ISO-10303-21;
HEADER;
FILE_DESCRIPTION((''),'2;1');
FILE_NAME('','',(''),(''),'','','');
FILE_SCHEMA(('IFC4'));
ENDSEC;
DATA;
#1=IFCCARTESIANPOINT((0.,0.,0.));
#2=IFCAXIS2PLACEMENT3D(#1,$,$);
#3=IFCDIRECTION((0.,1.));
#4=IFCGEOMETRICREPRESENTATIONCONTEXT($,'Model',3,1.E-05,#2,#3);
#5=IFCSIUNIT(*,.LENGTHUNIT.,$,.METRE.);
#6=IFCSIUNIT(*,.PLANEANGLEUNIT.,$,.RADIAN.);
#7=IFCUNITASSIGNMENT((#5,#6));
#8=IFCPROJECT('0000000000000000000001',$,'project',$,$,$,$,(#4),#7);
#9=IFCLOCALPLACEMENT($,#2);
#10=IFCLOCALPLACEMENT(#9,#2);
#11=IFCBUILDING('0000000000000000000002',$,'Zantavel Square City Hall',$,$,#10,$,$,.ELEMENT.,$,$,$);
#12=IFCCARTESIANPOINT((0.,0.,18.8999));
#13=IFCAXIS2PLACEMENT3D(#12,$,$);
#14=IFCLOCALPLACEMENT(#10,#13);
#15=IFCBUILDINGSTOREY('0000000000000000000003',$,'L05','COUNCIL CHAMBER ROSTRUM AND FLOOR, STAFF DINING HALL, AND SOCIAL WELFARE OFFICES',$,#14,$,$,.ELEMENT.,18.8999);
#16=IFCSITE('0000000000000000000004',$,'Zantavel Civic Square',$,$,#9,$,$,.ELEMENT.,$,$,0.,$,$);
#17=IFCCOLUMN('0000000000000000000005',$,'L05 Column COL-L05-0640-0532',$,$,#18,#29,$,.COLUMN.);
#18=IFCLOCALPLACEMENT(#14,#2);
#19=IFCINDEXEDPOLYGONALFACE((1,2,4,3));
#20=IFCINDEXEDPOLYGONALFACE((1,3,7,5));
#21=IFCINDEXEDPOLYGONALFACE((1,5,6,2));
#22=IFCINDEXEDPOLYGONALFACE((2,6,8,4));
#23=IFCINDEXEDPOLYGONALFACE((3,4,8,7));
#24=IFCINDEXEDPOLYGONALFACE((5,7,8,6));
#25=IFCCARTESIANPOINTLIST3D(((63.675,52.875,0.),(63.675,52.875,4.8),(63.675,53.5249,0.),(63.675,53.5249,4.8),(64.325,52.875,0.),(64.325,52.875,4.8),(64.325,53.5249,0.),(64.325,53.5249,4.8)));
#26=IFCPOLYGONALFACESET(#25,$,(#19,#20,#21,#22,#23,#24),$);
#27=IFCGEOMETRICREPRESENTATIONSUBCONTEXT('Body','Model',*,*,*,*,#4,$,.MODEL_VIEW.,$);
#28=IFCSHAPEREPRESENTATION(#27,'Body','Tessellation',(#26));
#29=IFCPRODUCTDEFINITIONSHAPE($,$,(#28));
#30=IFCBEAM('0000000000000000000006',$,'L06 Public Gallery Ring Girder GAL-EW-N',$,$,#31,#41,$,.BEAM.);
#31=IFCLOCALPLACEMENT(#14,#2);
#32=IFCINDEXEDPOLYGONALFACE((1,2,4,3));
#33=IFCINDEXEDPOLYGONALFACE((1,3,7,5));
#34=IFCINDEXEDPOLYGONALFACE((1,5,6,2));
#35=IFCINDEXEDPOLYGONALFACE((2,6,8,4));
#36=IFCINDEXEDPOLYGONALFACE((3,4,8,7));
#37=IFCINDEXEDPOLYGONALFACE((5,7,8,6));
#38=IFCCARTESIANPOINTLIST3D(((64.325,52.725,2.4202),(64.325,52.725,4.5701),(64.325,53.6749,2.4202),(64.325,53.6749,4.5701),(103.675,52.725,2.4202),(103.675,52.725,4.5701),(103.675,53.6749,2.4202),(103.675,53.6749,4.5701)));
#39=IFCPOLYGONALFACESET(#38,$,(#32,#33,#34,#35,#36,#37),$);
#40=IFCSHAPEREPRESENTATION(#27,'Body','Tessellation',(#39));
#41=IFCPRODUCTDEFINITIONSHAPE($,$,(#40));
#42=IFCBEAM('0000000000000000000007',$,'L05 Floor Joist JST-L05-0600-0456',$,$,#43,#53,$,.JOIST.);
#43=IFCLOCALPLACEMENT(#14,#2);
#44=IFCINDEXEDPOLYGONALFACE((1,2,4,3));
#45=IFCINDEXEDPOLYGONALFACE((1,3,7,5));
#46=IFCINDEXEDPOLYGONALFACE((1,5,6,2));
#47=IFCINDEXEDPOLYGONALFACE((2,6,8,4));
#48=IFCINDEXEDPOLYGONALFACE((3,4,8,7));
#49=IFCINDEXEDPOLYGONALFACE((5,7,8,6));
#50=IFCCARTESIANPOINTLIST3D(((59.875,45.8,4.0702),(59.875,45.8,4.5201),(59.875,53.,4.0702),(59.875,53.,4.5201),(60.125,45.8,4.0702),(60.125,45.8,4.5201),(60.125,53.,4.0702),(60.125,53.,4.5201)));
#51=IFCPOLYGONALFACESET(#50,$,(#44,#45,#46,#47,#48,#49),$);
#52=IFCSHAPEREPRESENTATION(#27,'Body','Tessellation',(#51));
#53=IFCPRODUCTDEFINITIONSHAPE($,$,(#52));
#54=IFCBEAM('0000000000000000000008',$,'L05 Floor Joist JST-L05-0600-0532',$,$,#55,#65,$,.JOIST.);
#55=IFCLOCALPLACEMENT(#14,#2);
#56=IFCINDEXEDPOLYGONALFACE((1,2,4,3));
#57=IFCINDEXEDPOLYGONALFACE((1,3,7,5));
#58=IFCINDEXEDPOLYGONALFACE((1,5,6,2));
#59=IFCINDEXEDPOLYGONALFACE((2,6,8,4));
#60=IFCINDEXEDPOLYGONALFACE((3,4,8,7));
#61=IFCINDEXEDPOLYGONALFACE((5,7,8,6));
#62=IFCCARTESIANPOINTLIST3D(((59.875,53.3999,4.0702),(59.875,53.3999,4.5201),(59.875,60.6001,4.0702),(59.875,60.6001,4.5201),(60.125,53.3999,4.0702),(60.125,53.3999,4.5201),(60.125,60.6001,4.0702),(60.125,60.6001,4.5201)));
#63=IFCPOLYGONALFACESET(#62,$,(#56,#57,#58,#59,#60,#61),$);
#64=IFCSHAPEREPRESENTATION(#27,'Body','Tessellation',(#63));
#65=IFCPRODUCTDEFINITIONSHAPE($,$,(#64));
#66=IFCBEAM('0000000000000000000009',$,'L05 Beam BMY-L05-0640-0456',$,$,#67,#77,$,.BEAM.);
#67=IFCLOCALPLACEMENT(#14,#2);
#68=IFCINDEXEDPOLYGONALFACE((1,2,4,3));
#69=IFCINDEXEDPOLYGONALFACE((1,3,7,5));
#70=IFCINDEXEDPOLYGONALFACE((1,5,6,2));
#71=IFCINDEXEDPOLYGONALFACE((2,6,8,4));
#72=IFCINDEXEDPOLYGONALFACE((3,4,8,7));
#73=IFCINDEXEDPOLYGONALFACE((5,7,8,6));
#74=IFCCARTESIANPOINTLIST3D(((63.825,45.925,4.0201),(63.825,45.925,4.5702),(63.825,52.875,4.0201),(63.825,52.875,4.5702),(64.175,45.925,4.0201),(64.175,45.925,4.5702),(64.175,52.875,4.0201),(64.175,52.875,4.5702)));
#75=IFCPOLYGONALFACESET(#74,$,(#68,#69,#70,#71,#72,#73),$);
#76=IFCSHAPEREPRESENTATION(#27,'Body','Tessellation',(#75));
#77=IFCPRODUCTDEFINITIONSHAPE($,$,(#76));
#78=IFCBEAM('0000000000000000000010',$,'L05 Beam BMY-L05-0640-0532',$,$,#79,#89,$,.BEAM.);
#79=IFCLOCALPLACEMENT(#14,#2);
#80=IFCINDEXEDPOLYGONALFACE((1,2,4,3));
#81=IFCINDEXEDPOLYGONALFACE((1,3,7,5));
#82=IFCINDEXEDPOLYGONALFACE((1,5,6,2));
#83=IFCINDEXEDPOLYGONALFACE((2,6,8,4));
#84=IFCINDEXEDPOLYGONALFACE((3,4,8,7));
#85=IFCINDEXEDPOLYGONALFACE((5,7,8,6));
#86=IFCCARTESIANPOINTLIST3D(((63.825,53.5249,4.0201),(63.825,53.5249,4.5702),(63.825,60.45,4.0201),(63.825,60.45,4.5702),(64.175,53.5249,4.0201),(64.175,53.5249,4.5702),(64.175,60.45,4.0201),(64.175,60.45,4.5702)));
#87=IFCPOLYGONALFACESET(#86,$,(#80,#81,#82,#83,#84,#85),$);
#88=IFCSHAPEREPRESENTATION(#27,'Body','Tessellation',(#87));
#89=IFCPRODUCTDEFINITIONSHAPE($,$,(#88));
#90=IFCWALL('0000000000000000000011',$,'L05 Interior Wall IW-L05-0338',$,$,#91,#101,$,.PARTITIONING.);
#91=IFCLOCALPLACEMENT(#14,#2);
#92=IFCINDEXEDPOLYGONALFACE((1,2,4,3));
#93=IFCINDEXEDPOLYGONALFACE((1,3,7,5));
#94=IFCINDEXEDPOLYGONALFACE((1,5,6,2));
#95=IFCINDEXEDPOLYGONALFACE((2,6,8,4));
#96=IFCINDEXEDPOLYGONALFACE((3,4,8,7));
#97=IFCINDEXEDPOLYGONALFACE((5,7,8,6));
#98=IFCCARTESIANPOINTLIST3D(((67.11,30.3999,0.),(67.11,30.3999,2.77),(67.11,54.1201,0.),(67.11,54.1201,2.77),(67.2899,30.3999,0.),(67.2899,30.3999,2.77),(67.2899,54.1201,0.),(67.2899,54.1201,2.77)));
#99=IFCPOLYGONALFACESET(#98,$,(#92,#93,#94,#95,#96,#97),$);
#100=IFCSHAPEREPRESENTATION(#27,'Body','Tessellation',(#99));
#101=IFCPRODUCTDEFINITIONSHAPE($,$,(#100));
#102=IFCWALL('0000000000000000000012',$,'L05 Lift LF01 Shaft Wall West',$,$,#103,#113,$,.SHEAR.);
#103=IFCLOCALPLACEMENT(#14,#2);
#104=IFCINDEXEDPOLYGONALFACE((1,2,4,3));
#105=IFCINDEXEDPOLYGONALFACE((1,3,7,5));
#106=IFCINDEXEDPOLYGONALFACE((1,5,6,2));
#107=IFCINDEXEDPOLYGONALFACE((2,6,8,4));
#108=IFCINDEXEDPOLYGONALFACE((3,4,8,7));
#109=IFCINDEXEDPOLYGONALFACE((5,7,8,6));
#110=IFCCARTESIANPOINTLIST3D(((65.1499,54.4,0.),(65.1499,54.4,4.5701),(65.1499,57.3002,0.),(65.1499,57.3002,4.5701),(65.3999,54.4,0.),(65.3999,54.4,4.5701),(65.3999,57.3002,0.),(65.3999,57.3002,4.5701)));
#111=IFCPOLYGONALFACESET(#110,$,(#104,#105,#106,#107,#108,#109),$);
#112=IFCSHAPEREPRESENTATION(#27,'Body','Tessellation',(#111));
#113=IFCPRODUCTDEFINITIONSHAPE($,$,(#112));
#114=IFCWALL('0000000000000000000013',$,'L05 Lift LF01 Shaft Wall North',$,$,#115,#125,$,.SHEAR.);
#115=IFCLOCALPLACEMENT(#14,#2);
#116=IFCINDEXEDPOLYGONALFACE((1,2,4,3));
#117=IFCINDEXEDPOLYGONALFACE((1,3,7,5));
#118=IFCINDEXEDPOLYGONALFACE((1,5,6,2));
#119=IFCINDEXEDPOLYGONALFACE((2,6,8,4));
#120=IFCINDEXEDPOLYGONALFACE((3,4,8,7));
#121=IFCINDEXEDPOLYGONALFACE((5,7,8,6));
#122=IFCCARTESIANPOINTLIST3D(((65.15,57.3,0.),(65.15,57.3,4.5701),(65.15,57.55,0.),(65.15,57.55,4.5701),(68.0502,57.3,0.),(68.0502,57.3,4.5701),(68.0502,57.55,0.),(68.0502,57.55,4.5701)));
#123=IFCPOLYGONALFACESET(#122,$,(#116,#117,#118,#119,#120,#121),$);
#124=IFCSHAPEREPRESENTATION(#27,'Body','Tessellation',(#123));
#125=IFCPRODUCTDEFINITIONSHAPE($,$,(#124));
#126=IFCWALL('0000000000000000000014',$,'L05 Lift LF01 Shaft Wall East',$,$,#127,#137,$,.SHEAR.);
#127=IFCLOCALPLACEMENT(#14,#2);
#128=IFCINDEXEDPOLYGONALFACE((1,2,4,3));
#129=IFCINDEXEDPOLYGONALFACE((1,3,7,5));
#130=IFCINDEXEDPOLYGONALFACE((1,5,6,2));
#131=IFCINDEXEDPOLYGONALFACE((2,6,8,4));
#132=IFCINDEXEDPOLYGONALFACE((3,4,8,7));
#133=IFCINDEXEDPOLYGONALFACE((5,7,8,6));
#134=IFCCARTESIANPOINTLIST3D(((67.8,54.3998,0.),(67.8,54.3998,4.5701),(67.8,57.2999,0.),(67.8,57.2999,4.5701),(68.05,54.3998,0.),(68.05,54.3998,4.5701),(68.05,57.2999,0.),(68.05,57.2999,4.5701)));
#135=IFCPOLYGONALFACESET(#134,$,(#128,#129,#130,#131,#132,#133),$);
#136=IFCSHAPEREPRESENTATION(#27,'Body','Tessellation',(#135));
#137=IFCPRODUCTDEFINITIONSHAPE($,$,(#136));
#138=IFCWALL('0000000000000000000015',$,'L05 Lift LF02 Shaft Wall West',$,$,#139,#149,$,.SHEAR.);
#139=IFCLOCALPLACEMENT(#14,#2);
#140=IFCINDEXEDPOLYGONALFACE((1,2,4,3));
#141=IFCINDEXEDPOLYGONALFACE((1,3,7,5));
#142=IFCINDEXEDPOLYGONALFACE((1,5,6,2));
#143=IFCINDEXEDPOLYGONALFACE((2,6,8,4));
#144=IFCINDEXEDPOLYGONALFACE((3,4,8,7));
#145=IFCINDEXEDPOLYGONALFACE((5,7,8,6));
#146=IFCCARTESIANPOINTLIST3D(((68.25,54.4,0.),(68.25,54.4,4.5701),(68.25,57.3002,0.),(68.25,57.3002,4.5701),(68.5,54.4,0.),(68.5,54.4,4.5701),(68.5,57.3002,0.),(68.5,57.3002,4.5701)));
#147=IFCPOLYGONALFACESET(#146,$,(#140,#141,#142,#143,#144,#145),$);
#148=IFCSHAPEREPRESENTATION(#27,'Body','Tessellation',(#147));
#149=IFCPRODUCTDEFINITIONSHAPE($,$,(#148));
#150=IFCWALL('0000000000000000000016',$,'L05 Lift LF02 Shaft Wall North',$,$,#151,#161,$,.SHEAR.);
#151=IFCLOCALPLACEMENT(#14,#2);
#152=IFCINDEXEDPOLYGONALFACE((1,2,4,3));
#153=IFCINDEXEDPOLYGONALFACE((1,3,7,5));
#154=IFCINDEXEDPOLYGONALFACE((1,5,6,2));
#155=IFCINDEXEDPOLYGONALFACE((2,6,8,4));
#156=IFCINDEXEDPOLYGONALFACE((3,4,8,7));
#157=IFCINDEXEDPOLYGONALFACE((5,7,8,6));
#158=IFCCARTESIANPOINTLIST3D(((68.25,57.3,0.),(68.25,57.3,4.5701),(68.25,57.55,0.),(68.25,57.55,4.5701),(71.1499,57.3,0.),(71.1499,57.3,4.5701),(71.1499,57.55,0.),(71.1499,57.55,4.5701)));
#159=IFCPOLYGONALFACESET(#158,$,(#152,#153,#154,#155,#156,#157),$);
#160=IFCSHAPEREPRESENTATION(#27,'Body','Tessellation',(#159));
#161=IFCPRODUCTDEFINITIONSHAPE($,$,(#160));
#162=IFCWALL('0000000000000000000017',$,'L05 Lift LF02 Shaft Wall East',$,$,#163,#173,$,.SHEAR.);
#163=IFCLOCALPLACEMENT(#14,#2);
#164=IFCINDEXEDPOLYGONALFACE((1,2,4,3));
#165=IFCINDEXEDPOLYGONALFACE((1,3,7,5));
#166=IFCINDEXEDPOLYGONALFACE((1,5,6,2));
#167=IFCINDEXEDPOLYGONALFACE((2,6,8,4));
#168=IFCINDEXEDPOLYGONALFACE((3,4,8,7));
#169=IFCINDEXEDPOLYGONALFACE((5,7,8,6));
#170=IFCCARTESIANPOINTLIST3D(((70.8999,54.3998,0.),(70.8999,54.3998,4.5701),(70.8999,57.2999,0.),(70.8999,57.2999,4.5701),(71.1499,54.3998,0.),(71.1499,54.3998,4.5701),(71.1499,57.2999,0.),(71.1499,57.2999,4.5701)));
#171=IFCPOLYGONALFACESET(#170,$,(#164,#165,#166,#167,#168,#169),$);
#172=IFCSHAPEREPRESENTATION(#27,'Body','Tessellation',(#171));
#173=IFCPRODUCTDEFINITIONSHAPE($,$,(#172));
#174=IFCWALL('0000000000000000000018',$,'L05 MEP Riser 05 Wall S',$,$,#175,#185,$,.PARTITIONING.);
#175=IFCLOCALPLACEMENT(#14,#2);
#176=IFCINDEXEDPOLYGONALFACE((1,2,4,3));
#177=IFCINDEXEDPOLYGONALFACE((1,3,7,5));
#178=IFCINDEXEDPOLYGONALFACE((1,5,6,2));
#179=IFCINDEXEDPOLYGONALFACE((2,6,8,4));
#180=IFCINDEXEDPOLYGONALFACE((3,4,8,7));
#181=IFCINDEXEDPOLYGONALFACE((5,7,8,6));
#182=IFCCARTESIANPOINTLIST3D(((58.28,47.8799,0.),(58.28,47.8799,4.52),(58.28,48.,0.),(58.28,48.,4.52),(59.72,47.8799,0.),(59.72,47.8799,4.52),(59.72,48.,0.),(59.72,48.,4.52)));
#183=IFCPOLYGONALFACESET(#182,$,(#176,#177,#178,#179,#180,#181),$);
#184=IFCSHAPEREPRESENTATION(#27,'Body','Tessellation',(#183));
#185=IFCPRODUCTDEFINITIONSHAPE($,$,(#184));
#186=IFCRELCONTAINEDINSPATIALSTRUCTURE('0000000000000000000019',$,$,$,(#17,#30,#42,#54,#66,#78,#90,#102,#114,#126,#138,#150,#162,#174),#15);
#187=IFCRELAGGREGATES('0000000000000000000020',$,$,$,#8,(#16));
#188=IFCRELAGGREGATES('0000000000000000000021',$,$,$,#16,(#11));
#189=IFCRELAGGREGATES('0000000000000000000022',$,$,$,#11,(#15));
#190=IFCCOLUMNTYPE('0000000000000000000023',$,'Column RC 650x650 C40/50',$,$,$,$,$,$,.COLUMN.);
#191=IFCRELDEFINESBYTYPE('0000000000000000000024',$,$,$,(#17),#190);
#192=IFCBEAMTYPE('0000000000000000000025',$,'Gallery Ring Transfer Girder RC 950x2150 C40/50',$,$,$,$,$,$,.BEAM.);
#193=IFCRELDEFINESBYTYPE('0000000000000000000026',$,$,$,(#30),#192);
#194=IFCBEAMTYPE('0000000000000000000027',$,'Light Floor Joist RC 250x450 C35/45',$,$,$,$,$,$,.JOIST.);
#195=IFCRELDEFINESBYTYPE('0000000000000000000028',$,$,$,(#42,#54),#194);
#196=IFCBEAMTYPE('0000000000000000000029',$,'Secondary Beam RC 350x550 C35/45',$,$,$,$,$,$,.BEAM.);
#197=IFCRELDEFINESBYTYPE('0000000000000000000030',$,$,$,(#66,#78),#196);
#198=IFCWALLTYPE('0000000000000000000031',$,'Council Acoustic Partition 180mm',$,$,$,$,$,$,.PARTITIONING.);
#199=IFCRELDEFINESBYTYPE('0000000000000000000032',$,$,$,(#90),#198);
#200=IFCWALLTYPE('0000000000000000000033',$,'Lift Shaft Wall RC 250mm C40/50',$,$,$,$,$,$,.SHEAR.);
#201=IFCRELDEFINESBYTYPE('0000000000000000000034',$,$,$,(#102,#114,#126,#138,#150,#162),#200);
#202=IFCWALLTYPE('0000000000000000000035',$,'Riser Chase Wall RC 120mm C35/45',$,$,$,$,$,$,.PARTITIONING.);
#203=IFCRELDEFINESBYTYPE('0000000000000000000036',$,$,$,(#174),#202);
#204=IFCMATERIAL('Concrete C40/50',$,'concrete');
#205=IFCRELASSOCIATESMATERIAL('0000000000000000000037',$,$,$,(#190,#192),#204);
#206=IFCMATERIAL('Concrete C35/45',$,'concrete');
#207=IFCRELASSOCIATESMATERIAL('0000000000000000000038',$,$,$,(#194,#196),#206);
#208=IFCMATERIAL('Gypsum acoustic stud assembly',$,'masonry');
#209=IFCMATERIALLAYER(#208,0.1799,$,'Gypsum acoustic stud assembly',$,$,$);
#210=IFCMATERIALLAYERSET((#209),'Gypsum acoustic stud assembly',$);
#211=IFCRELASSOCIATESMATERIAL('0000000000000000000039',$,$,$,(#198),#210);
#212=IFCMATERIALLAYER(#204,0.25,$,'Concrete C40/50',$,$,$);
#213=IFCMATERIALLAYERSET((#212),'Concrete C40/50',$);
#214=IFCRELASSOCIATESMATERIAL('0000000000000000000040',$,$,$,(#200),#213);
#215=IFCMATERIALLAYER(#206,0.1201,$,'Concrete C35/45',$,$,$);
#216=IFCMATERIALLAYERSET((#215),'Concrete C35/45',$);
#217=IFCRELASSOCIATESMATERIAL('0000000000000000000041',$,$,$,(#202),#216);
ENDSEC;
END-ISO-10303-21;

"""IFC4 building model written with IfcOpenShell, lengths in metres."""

from ifc_helpers import new_model, si_unit, direction, frame, frame_2d, origin, origin_2d, place, context, subcontext, project, spatial, rectangle, extrude, material, layer, layer_set, material_profile, profile_set, type_object, element, save


model = new_model("IFC4")

# Units and contexts
model_context = context("Model", 3, precision=1e-05, world=origin(), true_north=direction((0.0, 1.0)))
body_context = subcontext(model_context, "Body", "Model", "MODEL_VIEW")
ifc_project = project(units=[si_unit("LENGTHUNIT", "METRE"), si_unit("PLANEANGLEUNIT", "RADIAN")], contexts=[model_context])

# Site, building, storey
site_placement = place(None, origin())
site = spatial("IfcSite", under=ifc_project, at=site_placement, Name="Zantavel Civic Square", CompositionType="ELEMENT", RefElevation=0.0)
building_placement = place(site_placement, origin())
building = spatial("IfcBuilding", under=site, at=building_placement, Name="Zantavel Square City Hall", CompositionType="ELEMENT")
storey_placement = place(building_placement, frame((0.0, 0.0, 18.8999)))
storey = spatial("IfcBuildingStorey", under=building, at=storey_placement, Name="L05", Description="COUNCIL CHAMBER ROSTRUM AND FLOOR, STAFF DINING HALL, AND SOCIAL WELFARE OFFICES", CompositionType="ELEMENT", Elevation=18.8999)

# Column
ifc_material_1 = material(Name="Concrete C40/50", Category="concrete")
ifc_material_profile_1 = material_profile(ifc_material_1, rectangle(XDim=0.6499, YDim=0.6499, at=origin_2d()), Name="RC 650x650")
ifc_profile_set_1 = profile_set([ifc_material_profile_1], Name="Concrete C40/50")
column_type = type_object("IfcColumnType", Name="Column RC 650x650 C40/50", PredefinedType="COLUMN", material=ifc_profile_set_1)
column_placement = place(storey_placement, frame((64.0, 53.2, 0.0), z_axis=(0.0, 0.0, 1.0), x_axis=(1.0, 0.0, 0.0)))
element("IfcColumn", 1, at=column_placement, inside=storey, type_object=column_type, Name="L05 Column COL-L05-0640-0532", PredefinedType="COLUMN", context=body_context, shape_type="SweptSolid", body=[
    extrude(rectangle(XDim=0.6499, YDim=0.6499, at=origin_2d()), origin(), (0.0, 0.0, 1.0), 4.8),
])

# Beams
ifc_material_profile_2 = material_profile(ifc_material_1, rectangle(XDim=0.95, YDim=2.1499, at=origin_2d()), Name="RC 950x2150")
ifc_profile_set_2 = profile_set([ifc_material_profile_2], Name="Concrete C40/50")
beam_type_1 = type_object("IfcBeamType", Name="Gallery Ring Transfer Girder RC 950x2150 C40/50", PredefinedType="BEAM", material=ifc_profile_set_2)
beam_1_placement = place(storey_placement, frame((64.325, 53.2, 3.4951), z_axis=(1.0, 0.0, 0.0), x_axis=(0.0, 1.0, 0.0)))
element("IfcBeam", 2, at=beam_1_placement, inside=storey, type_object=beam_type_1, Name="L06 Public Gallery Ring Girder GAL-EW-N", PredefinedType="BEAM", context=body_context, shape_type="SweptSolid", body=[
    extrude(rectangle(XDim=0.95, YDim=2.1499, at=origin_2d()), origin(), (0.0, 0.0, 1.0), 39.3501),
])
ifc_material_2 = material(Name="Concrete C35/45", Category="concrete")
ifc_material_profile_3 = material_profile(ifc_material_2, rectangle(XDim=0.25, YDim=0.45, at=origin_2d()), Name="RC 250x450")
ifc_profile_set_3 = profile_set([ifc_material_profile_3], Name="Concrete C35/45")
beam_type_2 = type_object("IfcBeamType", Name="Light Floor Joist RC 250x450 C35/45", PredefinedType="JOIST", material=ifc_profile_set_3)
beam_2_placement = place(storey_placement, frame((60.0, 45.8, 4.2952), z_axis=(0.0, 1.0, 0.0), x_axis=(-1.0, 0.0, 0.0)))
element("IfcBeam", 3, at=beam_2_placement, inside=storey, type_object=beam_type_2, Name="L05 Floor Joist JST-L05-0600-0456", PredefinedType="JOIST", context=body_context, shape_type="SweptSolid", body=[
    extrude(rectangle(XDim=0.25, YDim=0.45, at=origin_2d()), origin(), (0.0, 0.0, 1.0), 7.2),
])
beam_3_placement = place(storey_placement, frame((60.0, 53.3999, 4.2952), z_axis=(0.0, 1.0, 0.0), x_axis=(-1.0, 0.0, 0.0)))
element("IfcBeam", 4, at=beam_3_placement, inside=storey, type_object=beam_type_2, Name="L05 Floor Joist JST-L05-0600-0532", PredefinedType="JOIST", context=body_context, shape_type="SweptSolid", body=[
    extrude(rectangle(XDim=0.25, YDim=0.45, at=origin_2d()), origin(), (0.0, 0.0, 1.0), 7.2002),
])
ifc_material_profile_4 = material_profile(ifc_material_2, rectangle(XDim=0.3501, YDim=0.55, at=origin_2d()), Name="RC 350x550")
ifc_profile_set_4 = profile_set([ifc_material_profile_4], Name="Concrete C35/45")
beam_type_3 = type_object("IfcBeamType", Name="Secondary Beam RC 350x550 C35/45", PredefinedType="BEAM", material=ifc_profile_set_4)
beam_4_placement = place(storey_placement, frame((64.0, 45.925, 4.2952), z_axis=(0.0, 1.0, 0.0), x_axis=(-1.0, 0.0, 0.0)))
element("IfcBeam", 5, at=beam_4_placement, inside=storey, type_object=beam_type_3, Name="L05 Beam BMY-L05-0640-0456", PredefinedType="BEAM", context=body_context, shape_type="SweptSolid", body=[
    extrude(rectangle(XDim=0.3501, YDim=0.55, at=origin_2d()), origin(), (0.0, 0.0, 1.0), 6.95),
])
beam_5_placement = place(storey_placement, frame((64.0, 53.5249, 4.2952), z_axis=(0.0, 1.0, 0.0), x_axis=(-1.0, 0.0, 0.0)))
element("IfcBeam", 6, at=beam_5_placement, inside=storey, type_object=beam_type_3, Name="L05 Beam BMY-L05-0640-0532", PredefinedType="BEAM", context=body_context, shape_type="SweptSolid", body=[
    extrude(rectangle(XDim=0.3501, YDim=0.55, at=origin_2d()), origin(), (0.0, 0.0, 1.0), 6.925),
])

# Wall
ifc_material_3 = material(Name="Gypsum acoustic stud assembly", Category="masonry")
ifc_layer_1 = layer(ifc_material_3, 0.1799, Name="Gypsum acoustic stud assembly")
ifc_layer_set_1 = layer_set([ifc_layer_1], Name="Gypsum acoustic stud assembly")
wall_type_1 = type_object("IfcWallType", Name="Council Acoustic Partition 180mm", PredefinedType="PARTITIONING", material=ifc_layer_set_1)
wall_1_placement = place(storey_placement, frame((67.2, 54.1201, 0.0), z_axis=(0.0, 0.0, 1.0), x_axis=(0.0, -1.0, 0.0)))
element("IfcWall", 7, at=wall_1_placement, inside=storey, type_object=wall_type_1, Name="L05 Interior Wall IW-L05-0338", PredefinedType="PARTITIONING", context=body_context, shape_type="SweptSolid", body=[
    extrude(rectangle(XDim=23.7202, YDim=0.1799, at=frame_2d((11.8601, 0.0))), origin(), (0.0, 0.0, 1.0), 2.77),
])

# Shared definitions
ifc_layer_2 = layer(ifc_material_1, 0.25, Name="Concrete C40/50")
ifc_layer_set_2 = layer_set([ifc_layer_2], Name="Concrete C40/50")
wall_type_2 = type_object("IfcWallType", Name="Lift Shaft Wall RC 250mm C40/50", PredefinedType="SHEAR", material=ifc_layer_set_2)

# Walls
for number, where, z_axis, x_axis, name in (
    (8, (65.2749, 54.3999, 0.0), (0.0, 0.0, 1.0), (0.0, 1.0, 0.0), "L05 Lift LF01 Shaft Wall West"),
    (9, (65.1499, 57.425, 0.0), (0.0, 0.0, 1.0), (1.0, 0.0, 0.0), "L05 Lift LF01 Shaft Wall North"),
    (10, (67.925, 57.3, 0.0), (0.0, 0.0, 1.0), (0.0, -1.0, 0.0), "L05 Lift LF01 Shaft Wall East"),
):
    element("IfcWall", number, at=place(storey_placement, frame(where, z_axis=z_axis, x_axis=x_axis)), inside=storey, type_object=wall_type_2, Name=name, PredefinedType="SHEAR", context=body_context, shape_type="SweptSolid", body=[
        extrude(rectangle(XDim=2.9001, YDim=0.25, at=frame_2d((1.4502, 0.0))), origin(), (0.0, 0.0, 1.0), 4.5701),
    ])

# Walls
wall_2_placement = place(storey_placement, frame((68.375, 54.3999, 0.0), z_axis=(0.0, 0.0, 1.0), x_axis=(0.0, 1.0, 0.0)))
element("IfcWall", 11, at=wall_2_placement, inside=storey, type_object=wall_type_2, Name="L05 Lift LF02 Shaft Wall West", PredefinedType="SHEAR", context=body_context, shape_type="SweptSolid", body=[
    extrude(rectangle(XDim=2.9001, YDim=0.25, at=frame_2d((1.4502, 0.0))), origin(), (0.0, 0.0, 1.0), 4.5701),
])
wall_3_placement = place(storey_placement, frame((68.25, 57.425, 0.0), z_axis=(0.0, 0.0, 1.0), x_axis=(1.0, 0.0, 0.0)))
element("IfcWall", 12, at=wall_3_placement, inside=storey, type_object=wall_type_2, Name="L05 Lift LF02 Shaft Wall North", PredefinedType="SHEAR", context=body_context, shape_type="SweptSolid", body=[
    extrude(rectangle(XDim=2.8999, YDim=0.25, at=frame_2d((1.45, 0.0))), origin(), (0.0, 0.0, 1.0), 4.5701),
])
wall_4_placement = place(storey_placement, frame((71.0249, 57.3, 0.0), z_axis=(0.0, 0.0, 1.0), x_axis=(0.0, -1.0, 0.0)))
element("IfcWall", 13, at=wall_4_placement, inside=storey, type_object=wall_type_2, Name="L05 Lift LF02 Shaft Wall East", PredefinedType="SHEAR", context=body_context, shape_type="SweptSolid", body=[
    extrude(rectangle(XDim=2.9001, YDim=0.25, at=frame_2d((1.4502, 0.0))), origin(), (0.0, 0.0, 1.0), 4.5701),
])
ifc_layer_3 = layer(ifc_material_2, 0.1201, Name="Concrete C35/45")
ifc_layer_set_3 = layer_set([ifc_layer_3], Name="Concrete C35/45")
wall_type_3 = type_object("IfcWallType", Name="Riser Chase Wall RC 120mm C35/45", PredefinedType="PARTITIONING", material=ifc_layer_set_3)
wall_5_placement = place(storey_placement, frame((59.72, 47.9399, 0.0), z_axis=(0.0, 0.0, 1.0), x_axis=(-1.0, 0.0, 0.0)))
element("IfcWall", 14, at=wall_5_placement, inside=storey, type_object=wall_type_3, Name="L05 MEP Riser 05 Wall S", PredefinedType="PARTITIONING", context=body_context, shape_type="SweptSolid", body=[
    extrude(rectangle(XDim=1.4399, YDim=0.1201, at=frame_2d((0.72, 0.0))), origin(), (0.0, 0.0, 1.0), 4.52),
])

save(model, "model.ifc")
